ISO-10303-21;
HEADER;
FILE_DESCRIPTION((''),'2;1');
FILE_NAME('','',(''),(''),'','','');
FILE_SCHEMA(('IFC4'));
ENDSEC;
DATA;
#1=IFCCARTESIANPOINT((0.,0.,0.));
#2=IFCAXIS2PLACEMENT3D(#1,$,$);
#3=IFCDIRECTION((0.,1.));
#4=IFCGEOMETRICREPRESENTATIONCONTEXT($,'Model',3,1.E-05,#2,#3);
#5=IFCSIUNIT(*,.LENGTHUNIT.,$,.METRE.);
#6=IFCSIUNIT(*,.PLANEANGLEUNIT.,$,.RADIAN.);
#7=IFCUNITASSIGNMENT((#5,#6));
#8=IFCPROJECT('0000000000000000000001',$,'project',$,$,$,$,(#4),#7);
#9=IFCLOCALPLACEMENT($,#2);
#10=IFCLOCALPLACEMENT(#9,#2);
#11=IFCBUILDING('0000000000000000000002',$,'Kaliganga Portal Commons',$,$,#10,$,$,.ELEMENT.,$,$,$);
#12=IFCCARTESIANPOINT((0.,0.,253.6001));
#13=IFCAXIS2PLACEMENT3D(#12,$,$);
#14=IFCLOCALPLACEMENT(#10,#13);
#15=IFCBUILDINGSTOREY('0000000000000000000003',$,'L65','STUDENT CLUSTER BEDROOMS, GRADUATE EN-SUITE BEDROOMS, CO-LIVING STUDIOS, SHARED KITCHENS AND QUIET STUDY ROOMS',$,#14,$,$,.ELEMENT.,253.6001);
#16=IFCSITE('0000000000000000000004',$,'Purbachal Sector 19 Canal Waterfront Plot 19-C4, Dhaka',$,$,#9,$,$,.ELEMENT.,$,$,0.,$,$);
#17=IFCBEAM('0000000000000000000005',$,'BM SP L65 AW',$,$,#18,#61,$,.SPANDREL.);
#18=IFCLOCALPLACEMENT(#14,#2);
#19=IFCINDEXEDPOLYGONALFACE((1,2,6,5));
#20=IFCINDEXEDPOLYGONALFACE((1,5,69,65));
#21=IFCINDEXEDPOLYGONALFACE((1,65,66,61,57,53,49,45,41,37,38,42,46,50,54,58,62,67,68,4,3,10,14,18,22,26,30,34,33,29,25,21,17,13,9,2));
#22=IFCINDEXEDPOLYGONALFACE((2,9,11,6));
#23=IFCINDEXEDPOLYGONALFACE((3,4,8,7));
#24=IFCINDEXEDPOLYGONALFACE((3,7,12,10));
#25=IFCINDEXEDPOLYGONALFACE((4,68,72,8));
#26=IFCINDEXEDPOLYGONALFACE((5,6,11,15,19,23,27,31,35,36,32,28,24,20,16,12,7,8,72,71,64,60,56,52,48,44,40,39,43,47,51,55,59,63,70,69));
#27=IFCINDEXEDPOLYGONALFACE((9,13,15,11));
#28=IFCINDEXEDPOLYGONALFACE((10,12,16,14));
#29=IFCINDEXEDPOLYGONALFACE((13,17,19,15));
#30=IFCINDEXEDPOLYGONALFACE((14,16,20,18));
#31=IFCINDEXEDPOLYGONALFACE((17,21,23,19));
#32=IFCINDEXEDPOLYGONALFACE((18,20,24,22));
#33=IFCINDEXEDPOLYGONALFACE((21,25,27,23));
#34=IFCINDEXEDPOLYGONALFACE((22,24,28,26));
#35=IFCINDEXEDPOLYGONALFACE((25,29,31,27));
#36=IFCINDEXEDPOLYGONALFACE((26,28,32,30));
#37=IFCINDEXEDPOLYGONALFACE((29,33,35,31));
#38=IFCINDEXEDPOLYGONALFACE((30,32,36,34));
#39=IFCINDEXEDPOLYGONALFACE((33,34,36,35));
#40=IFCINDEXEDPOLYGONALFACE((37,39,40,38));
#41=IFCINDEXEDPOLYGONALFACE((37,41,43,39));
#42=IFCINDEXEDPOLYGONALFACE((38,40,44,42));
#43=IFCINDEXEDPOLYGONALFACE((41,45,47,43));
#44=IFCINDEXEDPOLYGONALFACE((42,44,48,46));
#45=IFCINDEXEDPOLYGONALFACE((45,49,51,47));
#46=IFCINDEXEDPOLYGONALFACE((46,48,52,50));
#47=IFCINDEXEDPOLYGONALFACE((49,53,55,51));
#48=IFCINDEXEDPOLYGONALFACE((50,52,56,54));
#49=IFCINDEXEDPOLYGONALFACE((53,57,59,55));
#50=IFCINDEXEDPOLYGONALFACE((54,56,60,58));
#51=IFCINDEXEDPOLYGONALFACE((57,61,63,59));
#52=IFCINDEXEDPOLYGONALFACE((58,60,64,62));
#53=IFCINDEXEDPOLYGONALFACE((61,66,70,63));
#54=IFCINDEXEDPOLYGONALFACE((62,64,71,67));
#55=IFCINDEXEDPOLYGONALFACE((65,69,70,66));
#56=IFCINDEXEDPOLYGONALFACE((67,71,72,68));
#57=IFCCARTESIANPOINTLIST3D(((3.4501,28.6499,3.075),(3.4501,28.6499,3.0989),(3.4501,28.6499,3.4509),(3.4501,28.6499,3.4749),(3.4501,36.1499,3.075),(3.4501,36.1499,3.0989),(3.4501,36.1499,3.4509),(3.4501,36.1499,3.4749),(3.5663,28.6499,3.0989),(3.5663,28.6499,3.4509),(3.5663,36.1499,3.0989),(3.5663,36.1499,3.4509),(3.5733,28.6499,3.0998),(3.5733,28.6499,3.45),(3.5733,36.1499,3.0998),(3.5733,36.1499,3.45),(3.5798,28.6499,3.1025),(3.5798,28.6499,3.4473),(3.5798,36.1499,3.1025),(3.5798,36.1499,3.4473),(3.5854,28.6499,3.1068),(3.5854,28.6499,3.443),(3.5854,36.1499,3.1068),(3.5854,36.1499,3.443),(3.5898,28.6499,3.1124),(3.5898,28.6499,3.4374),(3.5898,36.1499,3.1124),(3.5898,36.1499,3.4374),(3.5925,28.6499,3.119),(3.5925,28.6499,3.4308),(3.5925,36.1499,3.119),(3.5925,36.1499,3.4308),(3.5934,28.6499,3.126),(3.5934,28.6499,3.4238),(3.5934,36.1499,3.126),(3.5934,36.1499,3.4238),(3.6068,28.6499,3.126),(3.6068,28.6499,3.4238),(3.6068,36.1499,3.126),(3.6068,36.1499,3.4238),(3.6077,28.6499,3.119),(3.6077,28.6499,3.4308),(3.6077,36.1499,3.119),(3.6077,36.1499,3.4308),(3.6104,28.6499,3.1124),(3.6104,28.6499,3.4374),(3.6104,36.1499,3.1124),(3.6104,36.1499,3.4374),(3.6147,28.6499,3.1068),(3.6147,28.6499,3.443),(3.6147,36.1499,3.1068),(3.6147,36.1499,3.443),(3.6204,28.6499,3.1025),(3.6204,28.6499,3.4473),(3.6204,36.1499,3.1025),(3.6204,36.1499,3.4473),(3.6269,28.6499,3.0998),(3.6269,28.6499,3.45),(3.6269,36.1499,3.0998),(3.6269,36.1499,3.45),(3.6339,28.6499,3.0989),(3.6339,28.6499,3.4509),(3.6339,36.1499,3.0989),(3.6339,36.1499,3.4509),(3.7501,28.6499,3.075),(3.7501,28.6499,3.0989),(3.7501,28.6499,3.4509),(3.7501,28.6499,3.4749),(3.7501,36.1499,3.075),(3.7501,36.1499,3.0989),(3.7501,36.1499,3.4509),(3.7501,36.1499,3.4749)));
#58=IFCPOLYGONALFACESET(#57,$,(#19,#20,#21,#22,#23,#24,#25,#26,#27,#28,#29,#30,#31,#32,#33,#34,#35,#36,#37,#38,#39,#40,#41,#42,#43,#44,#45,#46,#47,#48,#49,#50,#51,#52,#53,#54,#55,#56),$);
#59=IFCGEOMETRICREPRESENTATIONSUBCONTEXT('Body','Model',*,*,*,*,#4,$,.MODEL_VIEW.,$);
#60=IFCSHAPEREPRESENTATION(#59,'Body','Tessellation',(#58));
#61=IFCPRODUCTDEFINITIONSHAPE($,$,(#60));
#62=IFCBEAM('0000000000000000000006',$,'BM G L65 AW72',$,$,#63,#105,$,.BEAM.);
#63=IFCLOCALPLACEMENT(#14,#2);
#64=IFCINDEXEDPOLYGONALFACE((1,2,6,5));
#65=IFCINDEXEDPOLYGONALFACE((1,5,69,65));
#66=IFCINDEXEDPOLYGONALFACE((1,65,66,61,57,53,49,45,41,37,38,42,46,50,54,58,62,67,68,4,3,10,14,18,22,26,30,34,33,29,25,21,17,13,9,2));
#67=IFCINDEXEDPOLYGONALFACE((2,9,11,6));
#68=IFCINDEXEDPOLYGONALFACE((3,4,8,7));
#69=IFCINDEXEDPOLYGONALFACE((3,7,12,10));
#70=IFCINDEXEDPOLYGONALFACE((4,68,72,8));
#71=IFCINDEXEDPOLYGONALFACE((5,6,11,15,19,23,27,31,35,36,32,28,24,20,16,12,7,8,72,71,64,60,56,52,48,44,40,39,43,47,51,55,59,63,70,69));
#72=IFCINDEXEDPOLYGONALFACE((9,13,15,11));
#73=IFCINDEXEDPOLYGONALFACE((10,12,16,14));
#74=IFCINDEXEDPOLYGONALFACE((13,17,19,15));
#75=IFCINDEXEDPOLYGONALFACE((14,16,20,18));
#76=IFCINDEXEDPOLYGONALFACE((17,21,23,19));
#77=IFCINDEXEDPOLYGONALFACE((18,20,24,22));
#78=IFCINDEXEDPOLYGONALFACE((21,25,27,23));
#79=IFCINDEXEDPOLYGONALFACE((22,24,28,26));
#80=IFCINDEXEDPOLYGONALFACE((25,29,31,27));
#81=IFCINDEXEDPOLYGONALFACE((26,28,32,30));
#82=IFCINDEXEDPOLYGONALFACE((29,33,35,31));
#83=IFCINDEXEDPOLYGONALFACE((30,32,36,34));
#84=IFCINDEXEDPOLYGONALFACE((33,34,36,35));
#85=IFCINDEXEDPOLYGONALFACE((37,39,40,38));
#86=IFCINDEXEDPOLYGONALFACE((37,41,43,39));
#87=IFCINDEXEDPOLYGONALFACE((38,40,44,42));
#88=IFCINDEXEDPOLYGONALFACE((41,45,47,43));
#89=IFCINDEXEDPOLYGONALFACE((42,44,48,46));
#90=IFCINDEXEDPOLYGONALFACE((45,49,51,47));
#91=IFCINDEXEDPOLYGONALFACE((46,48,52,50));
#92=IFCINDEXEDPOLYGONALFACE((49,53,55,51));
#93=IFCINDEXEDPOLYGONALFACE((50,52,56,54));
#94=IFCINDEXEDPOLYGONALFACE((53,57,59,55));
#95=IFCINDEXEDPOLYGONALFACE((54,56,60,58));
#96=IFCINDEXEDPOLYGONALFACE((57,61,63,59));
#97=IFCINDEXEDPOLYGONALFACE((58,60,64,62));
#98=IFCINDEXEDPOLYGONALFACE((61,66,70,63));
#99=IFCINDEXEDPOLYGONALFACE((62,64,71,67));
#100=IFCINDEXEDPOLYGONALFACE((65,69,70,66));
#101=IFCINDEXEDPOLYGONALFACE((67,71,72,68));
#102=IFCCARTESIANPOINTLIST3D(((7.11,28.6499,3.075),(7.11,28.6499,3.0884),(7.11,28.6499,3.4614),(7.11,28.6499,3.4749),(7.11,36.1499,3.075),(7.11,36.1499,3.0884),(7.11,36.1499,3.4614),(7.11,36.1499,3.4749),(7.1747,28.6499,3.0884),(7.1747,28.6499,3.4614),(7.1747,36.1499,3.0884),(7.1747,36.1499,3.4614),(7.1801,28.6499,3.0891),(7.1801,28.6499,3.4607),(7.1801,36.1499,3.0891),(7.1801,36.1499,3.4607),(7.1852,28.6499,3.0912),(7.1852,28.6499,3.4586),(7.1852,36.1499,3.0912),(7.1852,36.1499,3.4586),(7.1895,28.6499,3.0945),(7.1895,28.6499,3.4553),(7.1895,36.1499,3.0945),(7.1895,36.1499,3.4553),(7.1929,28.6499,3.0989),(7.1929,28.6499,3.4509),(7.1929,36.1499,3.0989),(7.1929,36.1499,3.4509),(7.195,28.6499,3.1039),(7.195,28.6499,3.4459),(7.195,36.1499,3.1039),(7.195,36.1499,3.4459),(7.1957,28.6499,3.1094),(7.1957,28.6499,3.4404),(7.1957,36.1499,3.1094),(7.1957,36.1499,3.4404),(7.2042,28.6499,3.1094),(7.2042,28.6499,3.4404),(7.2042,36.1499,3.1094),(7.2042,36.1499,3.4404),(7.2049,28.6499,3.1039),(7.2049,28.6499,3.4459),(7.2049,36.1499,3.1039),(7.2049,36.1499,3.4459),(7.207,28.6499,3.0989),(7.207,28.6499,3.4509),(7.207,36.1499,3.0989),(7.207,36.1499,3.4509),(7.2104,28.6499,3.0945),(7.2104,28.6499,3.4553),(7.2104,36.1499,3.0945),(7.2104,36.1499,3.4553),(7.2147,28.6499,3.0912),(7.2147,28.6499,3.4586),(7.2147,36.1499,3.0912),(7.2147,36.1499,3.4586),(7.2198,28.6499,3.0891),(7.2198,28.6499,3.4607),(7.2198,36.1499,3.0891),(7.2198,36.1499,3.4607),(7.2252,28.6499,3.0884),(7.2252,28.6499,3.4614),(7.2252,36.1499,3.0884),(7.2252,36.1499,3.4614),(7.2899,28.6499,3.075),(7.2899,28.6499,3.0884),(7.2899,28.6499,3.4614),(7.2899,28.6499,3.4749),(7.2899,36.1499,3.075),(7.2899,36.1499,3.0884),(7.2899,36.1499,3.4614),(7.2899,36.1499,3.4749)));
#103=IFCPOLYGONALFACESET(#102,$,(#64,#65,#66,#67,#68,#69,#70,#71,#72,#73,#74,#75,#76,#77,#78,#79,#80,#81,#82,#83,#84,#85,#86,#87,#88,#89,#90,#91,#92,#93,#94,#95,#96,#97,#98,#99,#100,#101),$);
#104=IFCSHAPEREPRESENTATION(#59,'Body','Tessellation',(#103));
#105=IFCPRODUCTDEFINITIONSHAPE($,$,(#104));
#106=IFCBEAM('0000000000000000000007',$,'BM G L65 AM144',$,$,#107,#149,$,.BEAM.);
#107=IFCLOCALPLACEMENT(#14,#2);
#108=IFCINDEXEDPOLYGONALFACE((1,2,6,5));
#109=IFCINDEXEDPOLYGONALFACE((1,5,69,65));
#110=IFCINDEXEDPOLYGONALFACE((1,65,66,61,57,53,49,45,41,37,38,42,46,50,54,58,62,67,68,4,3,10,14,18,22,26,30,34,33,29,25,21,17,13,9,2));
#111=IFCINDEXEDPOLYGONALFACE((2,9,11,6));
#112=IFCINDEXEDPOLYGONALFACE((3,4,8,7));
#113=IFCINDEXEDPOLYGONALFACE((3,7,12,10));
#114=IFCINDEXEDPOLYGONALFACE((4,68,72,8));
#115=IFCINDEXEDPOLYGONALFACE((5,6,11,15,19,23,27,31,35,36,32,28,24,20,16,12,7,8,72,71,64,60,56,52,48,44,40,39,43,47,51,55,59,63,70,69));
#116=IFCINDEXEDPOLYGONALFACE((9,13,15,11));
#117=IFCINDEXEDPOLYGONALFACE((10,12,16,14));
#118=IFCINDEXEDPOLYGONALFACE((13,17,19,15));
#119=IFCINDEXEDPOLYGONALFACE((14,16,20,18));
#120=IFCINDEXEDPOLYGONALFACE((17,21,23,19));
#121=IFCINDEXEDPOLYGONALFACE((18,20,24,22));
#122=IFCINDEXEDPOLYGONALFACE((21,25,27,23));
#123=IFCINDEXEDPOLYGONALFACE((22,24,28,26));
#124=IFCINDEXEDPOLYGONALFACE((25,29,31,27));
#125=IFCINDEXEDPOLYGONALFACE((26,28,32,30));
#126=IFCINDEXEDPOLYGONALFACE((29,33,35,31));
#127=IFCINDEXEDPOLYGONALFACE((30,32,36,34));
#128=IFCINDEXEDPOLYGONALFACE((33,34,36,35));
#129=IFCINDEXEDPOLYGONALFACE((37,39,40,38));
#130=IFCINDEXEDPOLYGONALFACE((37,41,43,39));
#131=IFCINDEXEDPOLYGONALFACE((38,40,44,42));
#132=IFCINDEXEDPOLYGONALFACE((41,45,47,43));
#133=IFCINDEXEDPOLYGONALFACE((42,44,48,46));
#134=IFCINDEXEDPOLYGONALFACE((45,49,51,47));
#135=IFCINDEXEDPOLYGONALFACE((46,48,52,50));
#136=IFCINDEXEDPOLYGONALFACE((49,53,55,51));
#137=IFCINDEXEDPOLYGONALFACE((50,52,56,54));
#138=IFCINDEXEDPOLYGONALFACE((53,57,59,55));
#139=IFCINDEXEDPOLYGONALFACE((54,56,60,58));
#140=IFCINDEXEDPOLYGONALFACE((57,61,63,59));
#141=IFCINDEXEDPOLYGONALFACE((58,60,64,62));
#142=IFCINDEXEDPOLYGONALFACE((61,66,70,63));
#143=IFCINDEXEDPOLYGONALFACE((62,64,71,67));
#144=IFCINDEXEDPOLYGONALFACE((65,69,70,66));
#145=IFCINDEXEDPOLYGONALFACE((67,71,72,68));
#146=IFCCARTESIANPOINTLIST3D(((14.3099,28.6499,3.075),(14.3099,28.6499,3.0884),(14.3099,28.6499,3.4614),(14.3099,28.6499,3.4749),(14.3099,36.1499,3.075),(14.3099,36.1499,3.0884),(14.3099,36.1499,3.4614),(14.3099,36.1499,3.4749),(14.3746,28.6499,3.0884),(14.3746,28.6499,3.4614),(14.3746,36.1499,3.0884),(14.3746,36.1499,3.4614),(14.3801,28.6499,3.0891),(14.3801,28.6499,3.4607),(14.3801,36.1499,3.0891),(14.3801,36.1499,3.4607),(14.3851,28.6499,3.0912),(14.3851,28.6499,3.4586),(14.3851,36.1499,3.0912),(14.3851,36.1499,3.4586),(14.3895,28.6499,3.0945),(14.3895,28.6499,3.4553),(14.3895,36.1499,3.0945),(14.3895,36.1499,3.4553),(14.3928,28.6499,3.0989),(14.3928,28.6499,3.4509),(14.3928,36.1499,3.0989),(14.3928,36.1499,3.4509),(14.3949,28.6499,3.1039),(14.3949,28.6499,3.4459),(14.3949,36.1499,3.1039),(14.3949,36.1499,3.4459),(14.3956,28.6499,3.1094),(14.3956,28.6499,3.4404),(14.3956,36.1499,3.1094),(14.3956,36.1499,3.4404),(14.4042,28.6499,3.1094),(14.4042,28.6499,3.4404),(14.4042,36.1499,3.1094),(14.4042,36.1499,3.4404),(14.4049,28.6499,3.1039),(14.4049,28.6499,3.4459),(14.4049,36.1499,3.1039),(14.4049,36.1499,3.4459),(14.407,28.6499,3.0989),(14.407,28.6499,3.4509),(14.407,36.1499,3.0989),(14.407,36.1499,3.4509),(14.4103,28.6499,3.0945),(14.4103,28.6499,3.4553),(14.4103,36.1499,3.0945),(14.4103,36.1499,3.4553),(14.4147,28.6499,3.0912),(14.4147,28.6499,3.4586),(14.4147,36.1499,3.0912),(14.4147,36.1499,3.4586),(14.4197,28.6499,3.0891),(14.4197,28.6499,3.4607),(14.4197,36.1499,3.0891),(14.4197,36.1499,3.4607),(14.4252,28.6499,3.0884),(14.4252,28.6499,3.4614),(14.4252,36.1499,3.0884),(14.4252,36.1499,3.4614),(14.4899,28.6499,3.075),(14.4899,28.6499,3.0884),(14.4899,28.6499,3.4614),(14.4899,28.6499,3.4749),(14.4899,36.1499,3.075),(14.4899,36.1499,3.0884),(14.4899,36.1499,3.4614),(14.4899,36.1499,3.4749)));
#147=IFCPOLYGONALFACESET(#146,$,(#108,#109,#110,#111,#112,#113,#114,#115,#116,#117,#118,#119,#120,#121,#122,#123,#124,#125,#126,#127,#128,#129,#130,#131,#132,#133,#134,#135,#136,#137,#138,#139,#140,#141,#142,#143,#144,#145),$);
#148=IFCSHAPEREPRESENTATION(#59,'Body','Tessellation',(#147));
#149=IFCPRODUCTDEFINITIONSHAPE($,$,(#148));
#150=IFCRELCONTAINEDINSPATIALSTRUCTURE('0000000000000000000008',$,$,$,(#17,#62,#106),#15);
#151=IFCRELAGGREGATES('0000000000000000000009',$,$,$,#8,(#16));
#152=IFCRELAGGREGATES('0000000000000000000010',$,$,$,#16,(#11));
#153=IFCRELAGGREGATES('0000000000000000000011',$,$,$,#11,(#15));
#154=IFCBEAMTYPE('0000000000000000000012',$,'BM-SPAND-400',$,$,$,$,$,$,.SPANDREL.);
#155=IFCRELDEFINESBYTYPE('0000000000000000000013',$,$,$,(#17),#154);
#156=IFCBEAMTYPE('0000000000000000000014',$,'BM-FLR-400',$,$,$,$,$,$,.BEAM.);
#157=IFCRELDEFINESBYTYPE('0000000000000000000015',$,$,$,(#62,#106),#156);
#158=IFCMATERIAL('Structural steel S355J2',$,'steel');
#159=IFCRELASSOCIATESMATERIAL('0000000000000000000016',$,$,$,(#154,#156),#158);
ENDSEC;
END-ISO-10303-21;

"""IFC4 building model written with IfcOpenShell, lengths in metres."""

from ifc_helpers import new_model, si_unit, direction, frame, origin, origin_2d, place, context, subcontext, project, spatial, i_section, extrude, source, transform, mapped, material, material_profile, profile_set, type_object, element, save


model = new_model("IFC4")

# Units and contexts
model_context = context("Model", 3, precision=1e-05, world=origin(), true_north=direction((0.0, 1.0)))
body_context = subcontext(model_context, "Body", "Model", "MODEL_VIEW")
ifc_project = project(units=[si_unit("LENGTHUNIT", "METRE"), si_unit("PLANEANGLEUNIT", "RADIAN")], contexts=[model_context])

# Site, building, storey
site_placement = place(None, origin())
site = spatial("IfcSite", under=ifc_project, at=site_placement, Name="Purbachal Sector 19 Canal Waterfront Plot 19-C4, Dhaka", CompositionType="ELEMENT", RefElevation=0.0)
building_placement = place(site_placement, origin())
building = spatial("IfcBuilding", under=site, at=building_placement, Name="Kaliganga Portal Commons", CompositionType="ELEMENT")
storey_placement = place(building_placement, frame((0.0, 0.0, 253.6001)))
storey = spatial("IfcBuildingStorey", under=building, at=storey_placement, Name="L65", Description="STUDENT CLUSTER BEDROOMS, GRADUATE EN-SUITE BEDROOMS, CO-LIVING STUDIOS, SHARED KITCHENS AND QUIET STUDY ROOMS", CompositionType="ELEMENT", Elevation=253.6001)

# Shared definitions
ifc_material_1 = material(Name="Structural steel S355J2", Category="steel")

# Beams
ifc_material_profile_1 = material_profile(ifc_material_1, i_section(OverallWidth=0.3, OverallDepth=0.3999, WebThickness=0.0134, FlangeThickness=0.0239, FilletRadius=0.0271, at=origin_2d()), Name="HE 400 B")
ifc_profile_set_1 = profile_set([ifc_material_profile_1], Name="Structural steel S355J2 wide-flange")
beam_type_1 = type_object("IfcBeamType", Name="BM-SPAND-400", PredefinedType="SPANDREL", material=ifc_profile_set_1)
shared_shape_1 = source(origin(), body_context, "Body", "SweptSolid", [
    extrude(i_section(OverallWidth=0.3, OverallDepth=0.3999, WebThickness=0.0134, FlangeThickness=0.0239, FilletRadius=0.0271, at=origin_2d()), origin(), (0.0, 0.0, 1.0), 7.5),
])
beam_1_placement = place(storey_placement, frame((3.6001, 28.6499, 3.2749), z_axis=(0.0, 1.0, 0.0), x_axis=(-1.0, 0.0, 0.0)))
element("IfcBeam", 1, at=beam_1_placement, inside=storey, type_object=beam_type_1, Name="BM SP L65 AW", PredefinedType="SPANDREL", context=body_context, shape_type="MappedRepresentation", body=[
    mapped(shared_shape_1, transform((0.0, 0.0, 0.0), x_axis=(1.0, 0.0, 0.0), y_axis=(0.0, 1.0, 0.0), z_axis=(0.0, 0.0, 1.0), scale=1.0)),
])
ifc_material_profile_2 = material_profile(ifc_material_1, i_section(OverallWidth=0.1799, OverallDepth=0.3999, WebThickness=0.0085, FlangeThickness=0.0134, FilletRadius=0.021, at=origin_2d()), Name="IPE 400")
ifc_profile_set_2 = profile_set([ifc_material_profile_2], Name="Structural steel S355J2 wide-flange")
beam_type_2 = type_object("IfcBeamType", Name="BM-FLR-400", PredefinedType="BEAM", material=ifc_profile_set_2)
shared_shape_2 = source(origin(), body_context, "Body", "SweptSolid", [
    extrude(i_section(OverallWidth=0.1799, OverallDepth=0.3999, WebThickness=0.0085, FlangeThickness=0.0134, FilletRadius=0.021, at=origin_2d()), origin(), (0.0, 0.0, 1.0), 7.5),
])
for number, where, z_axis, x_axis, name in (
    (2, (7.2, 28.6499, 3.2749), (0.0, 1.0, 0.0), (-1.0, 0.0, 0.0), "BM G L65 AW72"),
    (3, (14.3999, 28.6499, 3.2749), (0.0, 1.0, 0.0), (-1.0, 0.0, 0.0), "BM G L65 AM144"),
):
    element("IfcBeam", number, at=place(storey_placement, frame(where, z_axis=z_axis, x_axis=x_axis)), inside=storey, type_object=beam_type_2, Name=name, PredefinedType="BEAM", context=body_context, shape_type="MappedRepresentation", body=[
        mapped(shared_shape_2, transform((0.0, 0.0, 0.0), x_axis=(1.0, 0.0, 0.0), y_axis=(0.0, 1.0, 0.0), z_axis=(0.0, 0.0, 1.0), scale=1.0)),
    ])

save(model, "model.ifc")
